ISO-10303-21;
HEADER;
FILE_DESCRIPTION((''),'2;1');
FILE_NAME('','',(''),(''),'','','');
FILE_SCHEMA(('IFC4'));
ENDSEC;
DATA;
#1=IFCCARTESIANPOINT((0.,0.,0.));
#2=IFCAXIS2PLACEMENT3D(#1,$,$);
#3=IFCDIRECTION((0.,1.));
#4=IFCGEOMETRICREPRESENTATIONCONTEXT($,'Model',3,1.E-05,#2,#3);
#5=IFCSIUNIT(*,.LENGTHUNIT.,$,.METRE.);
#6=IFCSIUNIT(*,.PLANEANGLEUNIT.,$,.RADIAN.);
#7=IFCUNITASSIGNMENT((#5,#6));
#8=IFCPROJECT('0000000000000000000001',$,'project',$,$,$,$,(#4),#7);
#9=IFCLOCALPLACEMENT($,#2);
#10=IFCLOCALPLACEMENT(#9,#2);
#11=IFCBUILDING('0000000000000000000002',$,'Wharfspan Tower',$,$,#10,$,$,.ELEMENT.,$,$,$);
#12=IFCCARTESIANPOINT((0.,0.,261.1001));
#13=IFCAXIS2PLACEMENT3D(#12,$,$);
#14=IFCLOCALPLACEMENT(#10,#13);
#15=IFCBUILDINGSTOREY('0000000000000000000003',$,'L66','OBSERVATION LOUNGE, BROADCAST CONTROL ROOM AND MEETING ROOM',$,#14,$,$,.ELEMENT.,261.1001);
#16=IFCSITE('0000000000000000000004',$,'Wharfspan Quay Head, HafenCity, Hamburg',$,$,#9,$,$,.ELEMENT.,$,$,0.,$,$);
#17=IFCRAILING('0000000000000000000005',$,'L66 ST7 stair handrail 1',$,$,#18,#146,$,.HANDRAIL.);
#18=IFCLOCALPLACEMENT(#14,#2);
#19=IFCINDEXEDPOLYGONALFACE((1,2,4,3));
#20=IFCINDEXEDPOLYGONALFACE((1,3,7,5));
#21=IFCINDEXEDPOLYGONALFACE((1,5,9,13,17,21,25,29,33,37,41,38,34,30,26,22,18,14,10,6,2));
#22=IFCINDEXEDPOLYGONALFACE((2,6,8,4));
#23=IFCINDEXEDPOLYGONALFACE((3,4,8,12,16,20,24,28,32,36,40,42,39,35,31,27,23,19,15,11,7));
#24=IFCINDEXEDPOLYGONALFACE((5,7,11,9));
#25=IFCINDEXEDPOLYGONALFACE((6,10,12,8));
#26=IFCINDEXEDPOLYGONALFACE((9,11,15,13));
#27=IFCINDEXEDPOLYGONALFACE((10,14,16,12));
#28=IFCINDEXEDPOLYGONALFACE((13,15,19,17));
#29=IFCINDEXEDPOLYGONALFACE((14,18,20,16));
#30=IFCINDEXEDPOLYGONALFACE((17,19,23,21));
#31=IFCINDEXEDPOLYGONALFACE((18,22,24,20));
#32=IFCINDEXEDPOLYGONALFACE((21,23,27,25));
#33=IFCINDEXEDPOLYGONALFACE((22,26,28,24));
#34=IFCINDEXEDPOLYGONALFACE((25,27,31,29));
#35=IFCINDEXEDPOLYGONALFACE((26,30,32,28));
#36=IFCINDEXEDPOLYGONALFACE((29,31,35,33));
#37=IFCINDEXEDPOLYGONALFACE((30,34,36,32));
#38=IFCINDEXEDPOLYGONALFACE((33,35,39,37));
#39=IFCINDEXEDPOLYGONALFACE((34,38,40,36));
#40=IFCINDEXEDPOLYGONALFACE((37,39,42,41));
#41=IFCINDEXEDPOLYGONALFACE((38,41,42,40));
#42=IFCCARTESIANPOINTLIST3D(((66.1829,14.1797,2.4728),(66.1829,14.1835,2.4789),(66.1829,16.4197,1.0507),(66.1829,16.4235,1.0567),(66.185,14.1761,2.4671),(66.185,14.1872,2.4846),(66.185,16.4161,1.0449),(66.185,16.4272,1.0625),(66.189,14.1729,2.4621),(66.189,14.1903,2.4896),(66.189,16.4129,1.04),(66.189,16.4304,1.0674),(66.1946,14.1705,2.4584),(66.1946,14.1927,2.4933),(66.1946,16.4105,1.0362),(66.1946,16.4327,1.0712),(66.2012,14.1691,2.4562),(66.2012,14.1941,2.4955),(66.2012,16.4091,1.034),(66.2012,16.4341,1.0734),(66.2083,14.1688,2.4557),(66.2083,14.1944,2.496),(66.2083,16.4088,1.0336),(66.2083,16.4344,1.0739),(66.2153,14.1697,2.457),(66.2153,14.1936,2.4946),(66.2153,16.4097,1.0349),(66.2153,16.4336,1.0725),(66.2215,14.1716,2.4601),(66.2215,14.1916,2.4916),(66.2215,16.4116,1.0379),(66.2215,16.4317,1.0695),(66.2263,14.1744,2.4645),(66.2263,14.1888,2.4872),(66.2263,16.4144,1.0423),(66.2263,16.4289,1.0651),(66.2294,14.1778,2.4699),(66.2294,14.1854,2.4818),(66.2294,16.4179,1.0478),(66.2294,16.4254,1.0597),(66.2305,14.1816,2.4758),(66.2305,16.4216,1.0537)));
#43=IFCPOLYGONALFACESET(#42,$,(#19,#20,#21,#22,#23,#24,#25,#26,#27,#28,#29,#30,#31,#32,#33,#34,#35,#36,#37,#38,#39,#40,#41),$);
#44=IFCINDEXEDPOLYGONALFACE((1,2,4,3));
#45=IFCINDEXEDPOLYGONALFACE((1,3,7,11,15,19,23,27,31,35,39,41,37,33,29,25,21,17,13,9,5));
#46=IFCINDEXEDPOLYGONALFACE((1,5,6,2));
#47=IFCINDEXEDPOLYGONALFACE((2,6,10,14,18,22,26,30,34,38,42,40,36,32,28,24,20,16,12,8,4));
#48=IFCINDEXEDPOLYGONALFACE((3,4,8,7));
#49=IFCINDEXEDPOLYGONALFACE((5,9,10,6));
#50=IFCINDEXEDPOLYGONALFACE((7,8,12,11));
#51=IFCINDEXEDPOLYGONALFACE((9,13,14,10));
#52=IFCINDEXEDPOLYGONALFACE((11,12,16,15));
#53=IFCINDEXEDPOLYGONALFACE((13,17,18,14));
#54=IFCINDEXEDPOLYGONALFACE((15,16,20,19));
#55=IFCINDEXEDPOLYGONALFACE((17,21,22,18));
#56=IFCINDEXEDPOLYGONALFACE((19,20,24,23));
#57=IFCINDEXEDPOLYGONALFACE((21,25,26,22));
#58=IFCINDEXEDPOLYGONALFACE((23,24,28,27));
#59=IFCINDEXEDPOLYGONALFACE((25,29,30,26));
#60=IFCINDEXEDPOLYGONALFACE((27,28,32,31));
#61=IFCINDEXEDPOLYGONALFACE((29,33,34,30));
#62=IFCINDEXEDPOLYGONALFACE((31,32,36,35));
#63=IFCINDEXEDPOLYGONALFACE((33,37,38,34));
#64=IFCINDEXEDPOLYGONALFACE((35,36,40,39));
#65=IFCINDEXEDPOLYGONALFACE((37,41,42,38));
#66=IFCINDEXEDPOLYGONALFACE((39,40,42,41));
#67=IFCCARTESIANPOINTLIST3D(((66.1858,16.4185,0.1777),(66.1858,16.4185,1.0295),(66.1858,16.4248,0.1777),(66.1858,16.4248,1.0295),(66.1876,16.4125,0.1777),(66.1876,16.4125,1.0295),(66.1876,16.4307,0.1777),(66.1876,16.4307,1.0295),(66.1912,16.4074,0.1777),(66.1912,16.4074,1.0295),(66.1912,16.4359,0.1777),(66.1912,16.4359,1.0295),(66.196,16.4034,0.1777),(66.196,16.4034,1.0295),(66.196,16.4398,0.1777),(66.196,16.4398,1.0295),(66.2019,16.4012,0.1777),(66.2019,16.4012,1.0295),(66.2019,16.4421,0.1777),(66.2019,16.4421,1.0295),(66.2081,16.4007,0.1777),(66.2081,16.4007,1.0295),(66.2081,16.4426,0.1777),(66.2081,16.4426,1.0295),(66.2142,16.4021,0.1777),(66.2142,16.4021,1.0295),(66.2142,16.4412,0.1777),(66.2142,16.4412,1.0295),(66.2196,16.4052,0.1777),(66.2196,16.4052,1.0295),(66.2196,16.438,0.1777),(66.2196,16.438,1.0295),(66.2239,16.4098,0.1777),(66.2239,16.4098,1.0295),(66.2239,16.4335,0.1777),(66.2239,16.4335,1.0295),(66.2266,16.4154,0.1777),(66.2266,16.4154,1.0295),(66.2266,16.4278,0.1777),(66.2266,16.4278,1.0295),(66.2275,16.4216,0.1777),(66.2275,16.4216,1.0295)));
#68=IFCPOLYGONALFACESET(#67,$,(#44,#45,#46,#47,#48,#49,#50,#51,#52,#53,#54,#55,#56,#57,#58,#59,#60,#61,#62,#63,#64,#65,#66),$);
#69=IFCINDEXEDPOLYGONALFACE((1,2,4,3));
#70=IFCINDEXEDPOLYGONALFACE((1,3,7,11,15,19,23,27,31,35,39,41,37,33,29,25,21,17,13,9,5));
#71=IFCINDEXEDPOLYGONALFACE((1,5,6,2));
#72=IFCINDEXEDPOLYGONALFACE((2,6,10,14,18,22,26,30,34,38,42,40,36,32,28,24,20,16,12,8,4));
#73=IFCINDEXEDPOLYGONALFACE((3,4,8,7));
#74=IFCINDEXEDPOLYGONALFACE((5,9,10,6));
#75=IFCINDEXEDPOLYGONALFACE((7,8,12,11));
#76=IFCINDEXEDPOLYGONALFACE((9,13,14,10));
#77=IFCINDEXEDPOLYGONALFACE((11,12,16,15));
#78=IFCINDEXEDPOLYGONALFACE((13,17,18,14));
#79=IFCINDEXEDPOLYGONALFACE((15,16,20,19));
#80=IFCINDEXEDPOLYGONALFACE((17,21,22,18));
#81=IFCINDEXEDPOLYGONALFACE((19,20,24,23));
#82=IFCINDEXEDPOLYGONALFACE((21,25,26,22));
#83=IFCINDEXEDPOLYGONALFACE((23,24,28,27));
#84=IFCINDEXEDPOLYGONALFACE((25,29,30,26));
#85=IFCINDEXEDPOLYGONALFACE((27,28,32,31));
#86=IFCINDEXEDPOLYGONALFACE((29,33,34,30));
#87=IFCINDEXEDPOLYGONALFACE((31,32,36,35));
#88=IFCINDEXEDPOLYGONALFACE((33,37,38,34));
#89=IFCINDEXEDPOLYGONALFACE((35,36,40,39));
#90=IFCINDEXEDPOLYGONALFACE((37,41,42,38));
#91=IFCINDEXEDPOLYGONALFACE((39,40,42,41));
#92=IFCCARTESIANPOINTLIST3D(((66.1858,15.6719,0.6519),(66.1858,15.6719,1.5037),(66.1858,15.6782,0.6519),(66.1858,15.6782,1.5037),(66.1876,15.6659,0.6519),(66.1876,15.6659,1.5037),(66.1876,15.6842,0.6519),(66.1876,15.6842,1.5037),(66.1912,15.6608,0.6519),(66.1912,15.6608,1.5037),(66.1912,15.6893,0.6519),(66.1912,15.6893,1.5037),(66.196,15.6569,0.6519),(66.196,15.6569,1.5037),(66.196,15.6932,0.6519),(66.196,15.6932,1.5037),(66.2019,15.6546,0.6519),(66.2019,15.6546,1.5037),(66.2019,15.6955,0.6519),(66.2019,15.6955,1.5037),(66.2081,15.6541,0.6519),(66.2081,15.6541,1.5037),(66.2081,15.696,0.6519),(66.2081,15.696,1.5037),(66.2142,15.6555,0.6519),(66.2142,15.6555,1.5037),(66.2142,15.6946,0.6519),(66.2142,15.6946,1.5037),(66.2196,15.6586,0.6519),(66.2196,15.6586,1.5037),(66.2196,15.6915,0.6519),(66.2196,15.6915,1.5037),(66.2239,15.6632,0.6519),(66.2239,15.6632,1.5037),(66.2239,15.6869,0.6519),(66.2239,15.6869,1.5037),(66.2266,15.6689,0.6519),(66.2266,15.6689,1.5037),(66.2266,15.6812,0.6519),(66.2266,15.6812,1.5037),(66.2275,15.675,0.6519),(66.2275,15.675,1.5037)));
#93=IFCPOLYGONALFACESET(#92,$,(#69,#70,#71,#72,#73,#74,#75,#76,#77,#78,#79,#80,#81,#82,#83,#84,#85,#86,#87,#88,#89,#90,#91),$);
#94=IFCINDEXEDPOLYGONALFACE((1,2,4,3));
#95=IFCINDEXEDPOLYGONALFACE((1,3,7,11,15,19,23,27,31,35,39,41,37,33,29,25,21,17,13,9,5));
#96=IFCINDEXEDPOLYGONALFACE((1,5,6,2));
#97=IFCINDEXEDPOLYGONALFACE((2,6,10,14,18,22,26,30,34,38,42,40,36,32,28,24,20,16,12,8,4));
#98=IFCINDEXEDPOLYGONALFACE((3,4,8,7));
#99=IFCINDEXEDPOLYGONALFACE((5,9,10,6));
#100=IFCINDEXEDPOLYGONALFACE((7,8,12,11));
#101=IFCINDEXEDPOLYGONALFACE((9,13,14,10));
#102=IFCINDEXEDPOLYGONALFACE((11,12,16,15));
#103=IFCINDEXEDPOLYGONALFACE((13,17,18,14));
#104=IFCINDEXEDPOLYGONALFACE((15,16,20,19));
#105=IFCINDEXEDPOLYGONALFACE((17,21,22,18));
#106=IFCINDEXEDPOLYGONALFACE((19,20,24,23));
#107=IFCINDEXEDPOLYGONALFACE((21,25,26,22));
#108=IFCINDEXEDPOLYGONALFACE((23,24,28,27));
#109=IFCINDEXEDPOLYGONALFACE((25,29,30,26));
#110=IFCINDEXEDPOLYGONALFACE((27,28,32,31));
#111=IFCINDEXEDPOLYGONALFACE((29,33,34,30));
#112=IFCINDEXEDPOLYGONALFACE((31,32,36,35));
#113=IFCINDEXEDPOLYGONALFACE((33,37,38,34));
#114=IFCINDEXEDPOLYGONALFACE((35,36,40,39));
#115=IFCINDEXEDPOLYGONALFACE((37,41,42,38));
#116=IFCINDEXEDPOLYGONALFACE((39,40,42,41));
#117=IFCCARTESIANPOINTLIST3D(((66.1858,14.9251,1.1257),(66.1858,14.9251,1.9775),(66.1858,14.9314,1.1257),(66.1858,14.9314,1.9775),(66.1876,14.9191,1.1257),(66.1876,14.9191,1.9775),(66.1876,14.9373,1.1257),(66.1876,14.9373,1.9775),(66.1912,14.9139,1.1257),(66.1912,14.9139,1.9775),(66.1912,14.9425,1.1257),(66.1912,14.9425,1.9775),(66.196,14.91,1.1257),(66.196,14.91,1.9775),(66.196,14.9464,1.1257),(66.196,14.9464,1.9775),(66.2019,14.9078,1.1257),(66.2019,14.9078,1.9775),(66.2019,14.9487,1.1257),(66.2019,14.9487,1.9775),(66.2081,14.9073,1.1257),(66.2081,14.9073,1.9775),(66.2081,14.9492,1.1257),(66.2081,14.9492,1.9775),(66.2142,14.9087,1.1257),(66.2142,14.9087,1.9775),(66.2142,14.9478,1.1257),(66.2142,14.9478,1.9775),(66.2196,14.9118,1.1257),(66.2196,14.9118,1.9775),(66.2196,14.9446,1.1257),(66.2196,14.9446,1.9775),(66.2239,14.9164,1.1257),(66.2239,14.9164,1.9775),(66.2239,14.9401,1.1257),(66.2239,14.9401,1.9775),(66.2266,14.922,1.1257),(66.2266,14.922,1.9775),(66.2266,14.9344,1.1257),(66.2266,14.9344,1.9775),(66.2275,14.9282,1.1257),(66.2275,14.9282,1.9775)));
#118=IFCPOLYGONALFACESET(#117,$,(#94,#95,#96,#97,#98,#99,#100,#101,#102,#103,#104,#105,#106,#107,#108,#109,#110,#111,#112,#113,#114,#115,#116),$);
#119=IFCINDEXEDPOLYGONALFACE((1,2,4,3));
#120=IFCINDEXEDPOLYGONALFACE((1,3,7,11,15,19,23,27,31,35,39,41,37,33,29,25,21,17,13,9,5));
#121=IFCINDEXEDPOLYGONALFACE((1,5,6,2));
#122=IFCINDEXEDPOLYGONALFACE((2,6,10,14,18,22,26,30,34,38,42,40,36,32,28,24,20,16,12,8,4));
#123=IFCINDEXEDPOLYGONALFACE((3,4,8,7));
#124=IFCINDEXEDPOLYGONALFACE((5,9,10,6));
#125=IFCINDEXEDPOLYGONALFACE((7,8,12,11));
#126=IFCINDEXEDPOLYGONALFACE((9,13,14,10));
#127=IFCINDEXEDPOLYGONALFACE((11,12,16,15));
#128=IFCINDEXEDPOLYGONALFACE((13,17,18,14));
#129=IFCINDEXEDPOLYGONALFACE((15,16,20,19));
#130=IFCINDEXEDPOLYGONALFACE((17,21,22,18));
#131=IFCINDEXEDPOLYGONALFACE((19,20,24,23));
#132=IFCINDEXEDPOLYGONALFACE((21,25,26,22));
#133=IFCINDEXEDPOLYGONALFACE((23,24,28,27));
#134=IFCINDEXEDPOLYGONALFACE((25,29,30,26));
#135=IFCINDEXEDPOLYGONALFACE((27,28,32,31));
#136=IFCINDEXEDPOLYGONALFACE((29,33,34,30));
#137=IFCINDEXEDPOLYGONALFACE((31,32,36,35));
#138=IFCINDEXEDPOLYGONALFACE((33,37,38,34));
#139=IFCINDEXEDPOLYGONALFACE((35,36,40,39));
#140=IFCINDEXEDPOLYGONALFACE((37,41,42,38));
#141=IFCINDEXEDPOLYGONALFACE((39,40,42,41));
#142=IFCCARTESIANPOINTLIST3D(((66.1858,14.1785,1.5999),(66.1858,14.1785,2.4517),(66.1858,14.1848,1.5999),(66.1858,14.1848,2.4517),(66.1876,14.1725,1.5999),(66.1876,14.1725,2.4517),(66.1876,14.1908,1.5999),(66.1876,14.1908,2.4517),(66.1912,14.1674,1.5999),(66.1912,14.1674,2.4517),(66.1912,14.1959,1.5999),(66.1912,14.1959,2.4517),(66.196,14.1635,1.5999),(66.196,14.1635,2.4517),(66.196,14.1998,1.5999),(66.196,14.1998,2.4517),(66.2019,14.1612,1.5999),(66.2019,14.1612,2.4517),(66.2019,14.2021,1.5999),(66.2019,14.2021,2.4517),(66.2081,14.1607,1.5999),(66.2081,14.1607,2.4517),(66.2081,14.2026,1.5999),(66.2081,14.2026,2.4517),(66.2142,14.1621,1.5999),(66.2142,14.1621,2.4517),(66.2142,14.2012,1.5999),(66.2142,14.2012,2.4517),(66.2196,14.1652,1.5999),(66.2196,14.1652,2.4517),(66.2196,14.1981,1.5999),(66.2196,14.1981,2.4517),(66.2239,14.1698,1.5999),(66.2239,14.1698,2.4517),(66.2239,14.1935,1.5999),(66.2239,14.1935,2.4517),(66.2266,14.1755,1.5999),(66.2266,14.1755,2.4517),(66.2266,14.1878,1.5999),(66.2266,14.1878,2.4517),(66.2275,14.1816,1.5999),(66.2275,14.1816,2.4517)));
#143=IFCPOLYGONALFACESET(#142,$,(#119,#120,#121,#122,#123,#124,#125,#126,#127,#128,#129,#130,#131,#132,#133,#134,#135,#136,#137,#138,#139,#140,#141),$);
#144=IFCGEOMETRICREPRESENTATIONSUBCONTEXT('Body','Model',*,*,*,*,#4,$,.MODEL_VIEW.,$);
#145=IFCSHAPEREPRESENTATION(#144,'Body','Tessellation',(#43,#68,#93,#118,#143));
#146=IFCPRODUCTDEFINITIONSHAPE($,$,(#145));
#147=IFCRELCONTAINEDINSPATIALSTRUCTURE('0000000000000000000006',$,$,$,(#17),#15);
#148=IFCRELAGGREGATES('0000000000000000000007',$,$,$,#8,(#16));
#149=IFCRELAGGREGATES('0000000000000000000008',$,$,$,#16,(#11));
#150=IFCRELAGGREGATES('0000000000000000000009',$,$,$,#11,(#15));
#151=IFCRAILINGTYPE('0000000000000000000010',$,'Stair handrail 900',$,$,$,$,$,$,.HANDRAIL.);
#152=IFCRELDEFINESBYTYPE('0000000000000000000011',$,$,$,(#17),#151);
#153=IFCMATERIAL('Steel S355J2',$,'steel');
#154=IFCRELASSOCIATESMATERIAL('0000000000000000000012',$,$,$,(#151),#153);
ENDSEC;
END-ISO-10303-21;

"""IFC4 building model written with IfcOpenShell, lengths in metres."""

from ifc_helpers import new_model, si_unit, direction, frame, origin, origin_2d, place, context, subcontext, project, spatial, circle, extrude, material, type_object, element, save


model = new_model("IFC4")

# Units and contexts
model_context = context("Model", 3, precision=1e-05, world=origin(), true_north=direction((0.0, 1.0)))
body_context = subcontext(model_context, "Body", "Model", "MODEL_VIEW")
ifc_project = project(units=[si_unit("LENGTHUNIT", "METRE"), si_unit("PLANEANGLEUNIT", "RADIAN")], contexts=[model_context])

# Site, building, storey
site_placement = place(None, origin())
site = spatial("IfcSite", under=ifc_project, at=site_placement, Name="Wharfspan Quay Head, HafenCity, Hamburg", CompositionType="ELEMENT", RefElevation=0.0)
building_placement = place(site_placement, origin())
building = spatial("IfcBuilding", under=site, at=building_placement, Name="Wharfspan Tower", CompositionType="ELEMENT")
storey_placement = place(building_placement, frame((0.0, 0.0, 261.1001)))
storey = spatial("IfcBuildingStorey", under=building, at=storey_placement, Name="L66", Description="OBSERVATION LOUNGE, BROADCAST CONTROL ROOM AND MEETING ROOM", CompositionType="ELEMENT", Elevation=261.1001)

# Shared definitions
ifc_material_1 = material(Name="Steel S355J2", Category="steel")

# Railing
railing_type_1 = type_object("IfcRailingType", Name="Stair handrail 900", PredefinedType="HANDRAIL", material=ifc_material_1)
railing_1_placement = place(storey_placement, frame((66.2065, 16.4216, 0.1777)))
element("IfcRailing", 1, at=railing_1_placement, inside=storey, type_object=railing_type_1, Name="L66 ST7 stair handrail 1", PredefinedType="HANDRAIL", context=body_context, shape_type="SweptSolid", body=[
    extrude(circle(Radius=0.0239, at=origin_2d()), frame((0.0, 0.0, 0.876), z_axis=(0.0, -0.844229, 0.535982), x_axis=(1.0, 0.0, 0.0)), (0.0, 0.0, 1.0), 2.6533),
    extrude(circle(Radius=0.021, at=origin_2d()), origin(), (0.0, 0.0, 1.0), 0.8518),
    extrude(circle(Radius=0.021, at=origin_2d()), frame((0.0, -0.7466, 0.4741)), (0.0, 0.0, 1.0), 0.8518),
    extrude(circle(Radius=0.021, at=origin_2d()), frame((0.0, -1.4934, 0.948)), (0.0, 0.0, 1.0), 0.8518),
    extrude(circle(Radius=0.021, at=origin_2d()), frame((0.0, -2.24, 1.4221)), (0.0, 0.0, 1.0), 0.8518),
])

save(model, "model.ifc")
